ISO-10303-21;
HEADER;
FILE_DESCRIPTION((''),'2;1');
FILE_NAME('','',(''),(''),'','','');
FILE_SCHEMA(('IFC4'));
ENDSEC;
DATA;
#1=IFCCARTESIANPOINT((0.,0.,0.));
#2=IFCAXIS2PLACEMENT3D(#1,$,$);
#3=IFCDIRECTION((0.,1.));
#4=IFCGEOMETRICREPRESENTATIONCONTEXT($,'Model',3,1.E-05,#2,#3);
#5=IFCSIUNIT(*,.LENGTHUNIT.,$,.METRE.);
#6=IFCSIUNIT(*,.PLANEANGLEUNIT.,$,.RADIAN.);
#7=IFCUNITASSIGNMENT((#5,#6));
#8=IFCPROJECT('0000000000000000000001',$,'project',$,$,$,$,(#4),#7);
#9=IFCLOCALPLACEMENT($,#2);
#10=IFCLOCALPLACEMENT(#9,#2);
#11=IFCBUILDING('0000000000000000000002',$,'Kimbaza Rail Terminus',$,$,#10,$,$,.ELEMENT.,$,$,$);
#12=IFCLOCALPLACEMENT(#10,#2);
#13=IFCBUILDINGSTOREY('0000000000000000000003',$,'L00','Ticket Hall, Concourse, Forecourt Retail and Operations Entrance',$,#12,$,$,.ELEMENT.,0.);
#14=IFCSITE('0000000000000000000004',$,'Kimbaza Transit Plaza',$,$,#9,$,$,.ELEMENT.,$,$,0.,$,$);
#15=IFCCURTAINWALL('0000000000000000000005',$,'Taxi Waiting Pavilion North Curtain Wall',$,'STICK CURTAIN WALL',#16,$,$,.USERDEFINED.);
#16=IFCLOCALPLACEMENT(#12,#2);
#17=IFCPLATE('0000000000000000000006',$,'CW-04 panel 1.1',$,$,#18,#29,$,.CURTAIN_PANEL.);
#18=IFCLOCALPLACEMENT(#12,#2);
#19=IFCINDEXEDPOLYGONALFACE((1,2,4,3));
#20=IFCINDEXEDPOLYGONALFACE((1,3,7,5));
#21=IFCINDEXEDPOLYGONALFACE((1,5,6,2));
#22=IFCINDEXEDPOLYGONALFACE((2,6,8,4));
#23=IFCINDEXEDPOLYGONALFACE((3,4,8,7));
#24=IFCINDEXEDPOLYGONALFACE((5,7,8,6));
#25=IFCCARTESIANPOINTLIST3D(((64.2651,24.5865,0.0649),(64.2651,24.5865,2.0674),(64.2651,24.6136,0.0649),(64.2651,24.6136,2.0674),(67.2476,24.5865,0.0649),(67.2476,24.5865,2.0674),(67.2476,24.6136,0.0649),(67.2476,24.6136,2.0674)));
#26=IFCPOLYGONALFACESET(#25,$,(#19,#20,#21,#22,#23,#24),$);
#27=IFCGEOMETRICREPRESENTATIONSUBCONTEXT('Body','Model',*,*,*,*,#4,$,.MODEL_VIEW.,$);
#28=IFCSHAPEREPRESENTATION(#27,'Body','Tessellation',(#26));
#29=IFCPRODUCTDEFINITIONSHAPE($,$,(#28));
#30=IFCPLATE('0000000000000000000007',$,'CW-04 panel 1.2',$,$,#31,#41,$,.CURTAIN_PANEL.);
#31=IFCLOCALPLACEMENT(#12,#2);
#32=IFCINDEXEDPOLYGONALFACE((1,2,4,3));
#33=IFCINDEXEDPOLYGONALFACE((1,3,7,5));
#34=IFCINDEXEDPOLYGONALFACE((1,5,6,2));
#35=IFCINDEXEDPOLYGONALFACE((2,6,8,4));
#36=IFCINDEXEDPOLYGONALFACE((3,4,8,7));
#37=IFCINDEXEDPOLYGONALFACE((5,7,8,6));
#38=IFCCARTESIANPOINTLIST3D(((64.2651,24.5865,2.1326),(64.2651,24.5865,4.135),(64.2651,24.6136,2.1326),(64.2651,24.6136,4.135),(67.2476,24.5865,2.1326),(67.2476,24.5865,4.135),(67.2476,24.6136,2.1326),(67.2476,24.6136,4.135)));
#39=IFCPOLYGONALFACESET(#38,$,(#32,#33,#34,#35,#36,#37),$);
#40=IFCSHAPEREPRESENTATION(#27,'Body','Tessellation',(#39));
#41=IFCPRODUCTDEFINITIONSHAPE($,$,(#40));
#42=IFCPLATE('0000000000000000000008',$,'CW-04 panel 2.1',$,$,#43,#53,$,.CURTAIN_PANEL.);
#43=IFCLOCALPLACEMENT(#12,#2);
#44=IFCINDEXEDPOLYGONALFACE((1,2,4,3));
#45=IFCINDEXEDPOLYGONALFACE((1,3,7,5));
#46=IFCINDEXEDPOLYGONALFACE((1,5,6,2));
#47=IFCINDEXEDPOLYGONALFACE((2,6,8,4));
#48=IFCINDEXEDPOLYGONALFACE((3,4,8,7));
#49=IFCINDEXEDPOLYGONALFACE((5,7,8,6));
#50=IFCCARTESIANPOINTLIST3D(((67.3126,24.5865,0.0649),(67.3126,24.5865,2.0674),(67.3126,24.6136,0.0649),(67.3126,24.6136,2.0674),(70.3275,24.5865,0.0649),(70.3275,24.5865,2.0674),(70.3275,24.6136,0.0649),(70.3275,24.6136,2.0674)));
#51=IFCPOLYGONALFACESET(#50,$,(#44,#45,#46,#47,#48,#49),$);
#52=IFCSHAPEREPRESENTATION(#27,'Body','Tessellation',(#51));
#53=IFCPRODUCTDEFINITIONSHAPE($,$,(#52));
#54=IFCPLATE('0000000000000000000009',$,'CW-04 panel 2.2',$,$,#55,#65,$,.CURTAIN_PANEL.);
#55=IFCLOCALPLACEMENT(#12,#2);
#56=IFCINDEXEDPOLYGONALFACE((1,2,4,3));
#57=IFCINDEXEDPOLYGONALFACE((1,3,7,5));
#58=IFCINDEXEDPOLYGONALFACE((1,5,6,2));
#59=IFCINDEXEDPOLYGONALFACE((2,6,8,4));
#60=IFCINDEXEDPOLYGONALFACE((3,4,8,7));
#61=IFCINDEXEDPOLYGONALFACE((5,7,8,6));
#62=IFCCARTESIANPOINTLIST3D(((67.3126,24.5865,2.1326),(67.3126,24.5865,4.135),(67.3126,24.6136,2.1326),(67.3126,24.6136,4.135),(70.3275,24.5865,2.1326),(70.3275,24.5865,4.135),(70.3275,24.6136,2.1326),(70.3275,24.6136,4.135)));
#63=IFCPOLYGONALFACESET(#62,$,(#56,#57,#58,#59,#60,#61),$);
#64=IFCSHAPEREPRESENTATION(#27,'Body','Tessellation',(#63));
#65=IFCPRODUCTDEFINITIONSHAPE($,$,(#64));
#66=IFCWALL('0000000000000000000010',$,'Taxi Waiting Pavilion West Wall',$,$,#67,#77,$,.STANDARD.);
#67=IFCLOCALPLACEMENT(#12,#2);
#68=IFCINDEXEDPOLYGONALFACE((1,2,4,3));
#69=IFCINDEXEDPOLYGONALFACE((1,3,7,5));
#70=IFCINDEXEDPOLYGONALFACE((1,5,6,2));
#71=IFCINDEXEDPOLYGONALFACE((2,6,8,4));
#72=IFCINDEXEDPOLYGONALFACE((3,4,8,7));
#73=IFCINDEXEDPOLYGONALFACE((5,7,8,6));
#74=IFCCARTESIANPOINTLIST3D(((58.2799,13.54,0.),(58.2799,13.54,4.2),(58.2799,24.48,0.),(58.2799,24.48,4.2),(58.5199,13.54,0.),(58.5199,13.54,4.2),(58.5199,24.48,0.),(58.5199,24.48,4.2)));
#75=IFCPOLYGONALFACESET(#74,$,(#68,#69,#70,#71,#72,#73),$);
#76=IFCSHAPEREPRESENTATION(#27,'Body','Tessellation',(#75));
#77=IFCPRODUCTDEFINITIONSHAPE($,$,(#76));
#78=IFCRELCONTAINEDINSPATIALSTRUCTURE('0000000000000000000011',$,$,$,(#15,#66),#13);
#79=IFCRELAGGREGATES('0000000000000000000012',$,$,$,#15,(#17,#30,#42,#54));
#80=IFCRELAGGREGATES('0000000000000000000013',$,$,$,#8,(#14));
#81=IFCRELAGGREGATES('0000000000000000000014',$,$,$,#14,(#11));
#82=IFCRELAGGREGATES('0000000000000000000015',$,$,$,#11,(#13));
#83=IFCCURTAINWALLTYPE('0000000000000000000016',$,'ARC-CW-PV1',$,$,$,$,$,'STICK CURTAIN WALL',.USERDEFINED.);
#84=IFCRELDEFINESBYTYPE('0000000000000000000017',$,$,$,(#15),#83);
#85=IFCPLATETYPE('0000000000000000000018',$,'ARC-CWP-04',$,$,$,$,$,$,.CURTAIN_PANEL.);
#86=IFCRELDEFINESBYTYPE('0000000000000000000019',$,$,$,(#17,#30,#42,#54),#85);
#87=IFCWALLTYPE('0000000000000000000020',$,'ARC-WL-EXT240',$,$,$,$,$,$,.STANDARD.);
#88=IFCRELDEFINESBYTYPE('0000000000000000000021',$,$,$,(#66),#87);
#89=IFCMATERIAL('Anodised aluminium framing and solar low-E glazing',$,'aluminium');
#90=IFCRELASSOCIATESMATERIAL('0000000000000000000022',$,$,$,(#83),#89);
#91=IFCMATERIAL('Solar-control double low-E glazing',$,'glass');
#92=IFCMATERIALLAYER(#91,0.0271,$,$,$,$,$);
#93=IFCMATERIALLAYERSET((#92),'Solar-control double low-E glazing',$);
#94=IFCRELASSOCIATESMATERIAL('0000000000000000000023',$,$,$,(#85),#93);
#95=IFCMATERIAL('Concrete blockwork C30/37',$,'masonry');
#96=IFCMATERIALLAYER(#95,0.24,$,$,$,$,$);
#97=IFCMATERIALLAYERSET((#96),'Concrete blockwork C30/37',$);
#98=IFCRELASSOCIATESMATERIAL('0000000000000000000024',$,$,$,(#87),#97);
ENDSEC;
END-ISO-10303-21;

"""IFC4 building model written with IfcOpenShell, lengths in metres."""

from ifc_helpers import new_model, si_unit, direction, frame, frame_2d, origin, origin_2d, place, context, subcontext, project, spatial, rectangle, extrude, material, layer, layer_set, type_object, element, aggregate, save


model = new_model("IFC4")

# Units and contexts
model_context = context("Model", 3, precision=1e-05, world=origin(), true_north=direction((0.0, 1.0)))
body_context = subcontext(model_context, "Body", "Model", "MODEL_VIEW")
ifc_project = project(units=[si_unit("LENGTHUNIT", "METRE"), si_unit("PLANEANGLEUNIT", "RADIAN")], contexts=[model_context])

# Site, building, storey
site_placement = place(None, origin())
site = spatial("IfcSite", under=ifc_project, at=site_placement, Name="Kimbaza Transit Plaza", CompositionType="ELEMENT", RefElevation=0.0)
building_placement = place(site_placement, origin())
building = spatial("IfcBuilding", under=site, at=building_placement, Name="Kimbaza Rail Terminus", CompositionType="ELEMENT")
storey_placement = place(building_placement, origin())
storey = spatial("IfcBuildingStorey", under=building, at=storey_placement, Name="L00", Description="Ticket Hall, Concourse, Forecourt Retail and Operations Entrance", CompositionType="ELEMENT", Elevation=0.0)

# Curtain wall
ifc_material_1 = material(Name="Anodised aluminium framing and solar low-E glazing", Category="aluminium")
curtain_wall_type = type_object("IfcCurtainWallType", Name="ARC-CW-PV1", ElementType="STICK CURTAIN WALL", PredefinedType="USERDEFINED", material=ifc_material_1)
curtain_wall_1_placement = place(storey_placement, origin())
curtain_wall_1 = element("IfcCurtainWall", 1, at=curtain_wall_1_placement, inside=storey, type_object=curtain_wall_type, Name="Taxi Waiting Pavilion North Curtain Wall", ObjectType="STICK CURTAIN WALL", PredefinedType="USERDEFINED")

# Plates
ifc_material_2 = material(Name="Solar-control double low-E glazing", Category="glass")
ifc_layer_1 = layer(ifc_material_2, 0.0271)
ifc_layer_set_1 = layer_set([ifc_layer_1], Name="Solar-control double low-E glazing")
plate_type = type_object("IfcPlateType", Name="ARC-CWP-04", PredefinedType="CURTAIN_PANEL", material=ifc_layer_set_1)
plate_1_placement = place(storey_placement, frame((65.7563, 24.6001, 0.0649), z_axis=(0.0, 0.0, 1.0), x_axis=(1.0, 0.0, 0.0)))
plate_1 = element("IfcPlate", 2, at=plate_1_placement, type_object=plate_type, Name="CW-04 panel 1.1", PredefinedType="CURTAIN_PANEL", context=body_context, shape_type="SweptSolid", body=[
    extrude(rectangle(XDim=2.9824, YDim=0.0271, at=origin_2d()), origin(), (0.0, 0.0, 1.0), 2.0024),
])
plate_2_placement = place(storey_placement, frame((65.7563, 24.6001, 2.1326), z_axis=(0.0, 0.0, 1.0), x_axis=(1.0, 0.0, 0.0)))
plate_2 = element("IfcPlate", 3, at=plate_2_placement, type_object=plate_type, Name="CW-04 panel 1.2", PredefinedType="CURTAIN_PANEL", context=body_context, shape_type="SweptSolid", body=[
    extrude(rectangle(XDim=2.9824, YDim=0.0271, at=origin_2d()), origin(), (0.0, 0.0, 1.0), 2.0024),
])
plate_3_placement = place(storey_placement, frame((68.8201, 24.6001, 0.0649), z_axis=(0.0, 0.0, 1.0), x_axis=(1.0, 0.0, 0.0)))
plate_3 = element("IfcPlate", 4, at=plate_3_placement, type_object=plate_type, Name="CW-04 panel 2.1", PredefinedType="CURTAIN_PANEL", context=body_context, shape_type="SweptSolid", body=[
    extrude(rectangle(XDim=3.0149, YDim=0.0271, at=origin_2d()), origin(), (0.0, 0.0, 1.0), 2.0024),
])
plate_4_placement = place(storey_placement, frame((68.8201, 24.6001, 2.1326), z_axis=(0.0, 0.0, 1.0), x_axis=(1.0, 0.0, 0.0)))
plate_4 = element("IfcPlate", 5, at=plate_4_placement, type_object=plate_type, Name="CW-04 panel 2.2", PredefinedType="CURTAIN_PANEL", context=body_context, shape_type="SweptSolid", body=[
    extrude(rectangle(XDim=3.0149, YDim=0.0271, at=origin_2d()), origin(), (0.0, 0.0, 1.0), 2.0024),
])
aggregate(curtain_wall_1, [plate_1, plate_2, plate_3, plate_4])

# Shared definitions
ifc_material_3 = material(Name="Concrete blockwork C30/37", Category="masonry")
ifc_layer_2 = layer(ifc_material_3, 0.24)
ifc_layer_set_2 = layer_set([ifc_layer_2], Name="Concrete blockwork C30/37")
wall_type = type_object("IfcWallType", Name="ARC-WL-EXT240", PredefinedType="STANDARD", material=ifc_layer_set_2)

# Wall
wall_1_placement = place(storey_placement, frame((58.3999, 13.54, 0.0), z_axis=(0.0, 0.0, 1.0), x_axis=(0.0, 1.0, 0.0)))
element("IfcWall", 6, at=wall_1_placement, inside=storey, type_object=wall_type, Name="Taxi Waiting Pavilion West Wall", PredefinedType="STANDARD", context=body_context, shape_type="SweptSolid", body=[
    extrude(rectangle(XDim=10.9399, YDim=0.24, at=frame_2d((5.47, 0.0))), origin(), (0.0, 0.0, 1.0), 4.2),
])

save(model, "model.ifc")
